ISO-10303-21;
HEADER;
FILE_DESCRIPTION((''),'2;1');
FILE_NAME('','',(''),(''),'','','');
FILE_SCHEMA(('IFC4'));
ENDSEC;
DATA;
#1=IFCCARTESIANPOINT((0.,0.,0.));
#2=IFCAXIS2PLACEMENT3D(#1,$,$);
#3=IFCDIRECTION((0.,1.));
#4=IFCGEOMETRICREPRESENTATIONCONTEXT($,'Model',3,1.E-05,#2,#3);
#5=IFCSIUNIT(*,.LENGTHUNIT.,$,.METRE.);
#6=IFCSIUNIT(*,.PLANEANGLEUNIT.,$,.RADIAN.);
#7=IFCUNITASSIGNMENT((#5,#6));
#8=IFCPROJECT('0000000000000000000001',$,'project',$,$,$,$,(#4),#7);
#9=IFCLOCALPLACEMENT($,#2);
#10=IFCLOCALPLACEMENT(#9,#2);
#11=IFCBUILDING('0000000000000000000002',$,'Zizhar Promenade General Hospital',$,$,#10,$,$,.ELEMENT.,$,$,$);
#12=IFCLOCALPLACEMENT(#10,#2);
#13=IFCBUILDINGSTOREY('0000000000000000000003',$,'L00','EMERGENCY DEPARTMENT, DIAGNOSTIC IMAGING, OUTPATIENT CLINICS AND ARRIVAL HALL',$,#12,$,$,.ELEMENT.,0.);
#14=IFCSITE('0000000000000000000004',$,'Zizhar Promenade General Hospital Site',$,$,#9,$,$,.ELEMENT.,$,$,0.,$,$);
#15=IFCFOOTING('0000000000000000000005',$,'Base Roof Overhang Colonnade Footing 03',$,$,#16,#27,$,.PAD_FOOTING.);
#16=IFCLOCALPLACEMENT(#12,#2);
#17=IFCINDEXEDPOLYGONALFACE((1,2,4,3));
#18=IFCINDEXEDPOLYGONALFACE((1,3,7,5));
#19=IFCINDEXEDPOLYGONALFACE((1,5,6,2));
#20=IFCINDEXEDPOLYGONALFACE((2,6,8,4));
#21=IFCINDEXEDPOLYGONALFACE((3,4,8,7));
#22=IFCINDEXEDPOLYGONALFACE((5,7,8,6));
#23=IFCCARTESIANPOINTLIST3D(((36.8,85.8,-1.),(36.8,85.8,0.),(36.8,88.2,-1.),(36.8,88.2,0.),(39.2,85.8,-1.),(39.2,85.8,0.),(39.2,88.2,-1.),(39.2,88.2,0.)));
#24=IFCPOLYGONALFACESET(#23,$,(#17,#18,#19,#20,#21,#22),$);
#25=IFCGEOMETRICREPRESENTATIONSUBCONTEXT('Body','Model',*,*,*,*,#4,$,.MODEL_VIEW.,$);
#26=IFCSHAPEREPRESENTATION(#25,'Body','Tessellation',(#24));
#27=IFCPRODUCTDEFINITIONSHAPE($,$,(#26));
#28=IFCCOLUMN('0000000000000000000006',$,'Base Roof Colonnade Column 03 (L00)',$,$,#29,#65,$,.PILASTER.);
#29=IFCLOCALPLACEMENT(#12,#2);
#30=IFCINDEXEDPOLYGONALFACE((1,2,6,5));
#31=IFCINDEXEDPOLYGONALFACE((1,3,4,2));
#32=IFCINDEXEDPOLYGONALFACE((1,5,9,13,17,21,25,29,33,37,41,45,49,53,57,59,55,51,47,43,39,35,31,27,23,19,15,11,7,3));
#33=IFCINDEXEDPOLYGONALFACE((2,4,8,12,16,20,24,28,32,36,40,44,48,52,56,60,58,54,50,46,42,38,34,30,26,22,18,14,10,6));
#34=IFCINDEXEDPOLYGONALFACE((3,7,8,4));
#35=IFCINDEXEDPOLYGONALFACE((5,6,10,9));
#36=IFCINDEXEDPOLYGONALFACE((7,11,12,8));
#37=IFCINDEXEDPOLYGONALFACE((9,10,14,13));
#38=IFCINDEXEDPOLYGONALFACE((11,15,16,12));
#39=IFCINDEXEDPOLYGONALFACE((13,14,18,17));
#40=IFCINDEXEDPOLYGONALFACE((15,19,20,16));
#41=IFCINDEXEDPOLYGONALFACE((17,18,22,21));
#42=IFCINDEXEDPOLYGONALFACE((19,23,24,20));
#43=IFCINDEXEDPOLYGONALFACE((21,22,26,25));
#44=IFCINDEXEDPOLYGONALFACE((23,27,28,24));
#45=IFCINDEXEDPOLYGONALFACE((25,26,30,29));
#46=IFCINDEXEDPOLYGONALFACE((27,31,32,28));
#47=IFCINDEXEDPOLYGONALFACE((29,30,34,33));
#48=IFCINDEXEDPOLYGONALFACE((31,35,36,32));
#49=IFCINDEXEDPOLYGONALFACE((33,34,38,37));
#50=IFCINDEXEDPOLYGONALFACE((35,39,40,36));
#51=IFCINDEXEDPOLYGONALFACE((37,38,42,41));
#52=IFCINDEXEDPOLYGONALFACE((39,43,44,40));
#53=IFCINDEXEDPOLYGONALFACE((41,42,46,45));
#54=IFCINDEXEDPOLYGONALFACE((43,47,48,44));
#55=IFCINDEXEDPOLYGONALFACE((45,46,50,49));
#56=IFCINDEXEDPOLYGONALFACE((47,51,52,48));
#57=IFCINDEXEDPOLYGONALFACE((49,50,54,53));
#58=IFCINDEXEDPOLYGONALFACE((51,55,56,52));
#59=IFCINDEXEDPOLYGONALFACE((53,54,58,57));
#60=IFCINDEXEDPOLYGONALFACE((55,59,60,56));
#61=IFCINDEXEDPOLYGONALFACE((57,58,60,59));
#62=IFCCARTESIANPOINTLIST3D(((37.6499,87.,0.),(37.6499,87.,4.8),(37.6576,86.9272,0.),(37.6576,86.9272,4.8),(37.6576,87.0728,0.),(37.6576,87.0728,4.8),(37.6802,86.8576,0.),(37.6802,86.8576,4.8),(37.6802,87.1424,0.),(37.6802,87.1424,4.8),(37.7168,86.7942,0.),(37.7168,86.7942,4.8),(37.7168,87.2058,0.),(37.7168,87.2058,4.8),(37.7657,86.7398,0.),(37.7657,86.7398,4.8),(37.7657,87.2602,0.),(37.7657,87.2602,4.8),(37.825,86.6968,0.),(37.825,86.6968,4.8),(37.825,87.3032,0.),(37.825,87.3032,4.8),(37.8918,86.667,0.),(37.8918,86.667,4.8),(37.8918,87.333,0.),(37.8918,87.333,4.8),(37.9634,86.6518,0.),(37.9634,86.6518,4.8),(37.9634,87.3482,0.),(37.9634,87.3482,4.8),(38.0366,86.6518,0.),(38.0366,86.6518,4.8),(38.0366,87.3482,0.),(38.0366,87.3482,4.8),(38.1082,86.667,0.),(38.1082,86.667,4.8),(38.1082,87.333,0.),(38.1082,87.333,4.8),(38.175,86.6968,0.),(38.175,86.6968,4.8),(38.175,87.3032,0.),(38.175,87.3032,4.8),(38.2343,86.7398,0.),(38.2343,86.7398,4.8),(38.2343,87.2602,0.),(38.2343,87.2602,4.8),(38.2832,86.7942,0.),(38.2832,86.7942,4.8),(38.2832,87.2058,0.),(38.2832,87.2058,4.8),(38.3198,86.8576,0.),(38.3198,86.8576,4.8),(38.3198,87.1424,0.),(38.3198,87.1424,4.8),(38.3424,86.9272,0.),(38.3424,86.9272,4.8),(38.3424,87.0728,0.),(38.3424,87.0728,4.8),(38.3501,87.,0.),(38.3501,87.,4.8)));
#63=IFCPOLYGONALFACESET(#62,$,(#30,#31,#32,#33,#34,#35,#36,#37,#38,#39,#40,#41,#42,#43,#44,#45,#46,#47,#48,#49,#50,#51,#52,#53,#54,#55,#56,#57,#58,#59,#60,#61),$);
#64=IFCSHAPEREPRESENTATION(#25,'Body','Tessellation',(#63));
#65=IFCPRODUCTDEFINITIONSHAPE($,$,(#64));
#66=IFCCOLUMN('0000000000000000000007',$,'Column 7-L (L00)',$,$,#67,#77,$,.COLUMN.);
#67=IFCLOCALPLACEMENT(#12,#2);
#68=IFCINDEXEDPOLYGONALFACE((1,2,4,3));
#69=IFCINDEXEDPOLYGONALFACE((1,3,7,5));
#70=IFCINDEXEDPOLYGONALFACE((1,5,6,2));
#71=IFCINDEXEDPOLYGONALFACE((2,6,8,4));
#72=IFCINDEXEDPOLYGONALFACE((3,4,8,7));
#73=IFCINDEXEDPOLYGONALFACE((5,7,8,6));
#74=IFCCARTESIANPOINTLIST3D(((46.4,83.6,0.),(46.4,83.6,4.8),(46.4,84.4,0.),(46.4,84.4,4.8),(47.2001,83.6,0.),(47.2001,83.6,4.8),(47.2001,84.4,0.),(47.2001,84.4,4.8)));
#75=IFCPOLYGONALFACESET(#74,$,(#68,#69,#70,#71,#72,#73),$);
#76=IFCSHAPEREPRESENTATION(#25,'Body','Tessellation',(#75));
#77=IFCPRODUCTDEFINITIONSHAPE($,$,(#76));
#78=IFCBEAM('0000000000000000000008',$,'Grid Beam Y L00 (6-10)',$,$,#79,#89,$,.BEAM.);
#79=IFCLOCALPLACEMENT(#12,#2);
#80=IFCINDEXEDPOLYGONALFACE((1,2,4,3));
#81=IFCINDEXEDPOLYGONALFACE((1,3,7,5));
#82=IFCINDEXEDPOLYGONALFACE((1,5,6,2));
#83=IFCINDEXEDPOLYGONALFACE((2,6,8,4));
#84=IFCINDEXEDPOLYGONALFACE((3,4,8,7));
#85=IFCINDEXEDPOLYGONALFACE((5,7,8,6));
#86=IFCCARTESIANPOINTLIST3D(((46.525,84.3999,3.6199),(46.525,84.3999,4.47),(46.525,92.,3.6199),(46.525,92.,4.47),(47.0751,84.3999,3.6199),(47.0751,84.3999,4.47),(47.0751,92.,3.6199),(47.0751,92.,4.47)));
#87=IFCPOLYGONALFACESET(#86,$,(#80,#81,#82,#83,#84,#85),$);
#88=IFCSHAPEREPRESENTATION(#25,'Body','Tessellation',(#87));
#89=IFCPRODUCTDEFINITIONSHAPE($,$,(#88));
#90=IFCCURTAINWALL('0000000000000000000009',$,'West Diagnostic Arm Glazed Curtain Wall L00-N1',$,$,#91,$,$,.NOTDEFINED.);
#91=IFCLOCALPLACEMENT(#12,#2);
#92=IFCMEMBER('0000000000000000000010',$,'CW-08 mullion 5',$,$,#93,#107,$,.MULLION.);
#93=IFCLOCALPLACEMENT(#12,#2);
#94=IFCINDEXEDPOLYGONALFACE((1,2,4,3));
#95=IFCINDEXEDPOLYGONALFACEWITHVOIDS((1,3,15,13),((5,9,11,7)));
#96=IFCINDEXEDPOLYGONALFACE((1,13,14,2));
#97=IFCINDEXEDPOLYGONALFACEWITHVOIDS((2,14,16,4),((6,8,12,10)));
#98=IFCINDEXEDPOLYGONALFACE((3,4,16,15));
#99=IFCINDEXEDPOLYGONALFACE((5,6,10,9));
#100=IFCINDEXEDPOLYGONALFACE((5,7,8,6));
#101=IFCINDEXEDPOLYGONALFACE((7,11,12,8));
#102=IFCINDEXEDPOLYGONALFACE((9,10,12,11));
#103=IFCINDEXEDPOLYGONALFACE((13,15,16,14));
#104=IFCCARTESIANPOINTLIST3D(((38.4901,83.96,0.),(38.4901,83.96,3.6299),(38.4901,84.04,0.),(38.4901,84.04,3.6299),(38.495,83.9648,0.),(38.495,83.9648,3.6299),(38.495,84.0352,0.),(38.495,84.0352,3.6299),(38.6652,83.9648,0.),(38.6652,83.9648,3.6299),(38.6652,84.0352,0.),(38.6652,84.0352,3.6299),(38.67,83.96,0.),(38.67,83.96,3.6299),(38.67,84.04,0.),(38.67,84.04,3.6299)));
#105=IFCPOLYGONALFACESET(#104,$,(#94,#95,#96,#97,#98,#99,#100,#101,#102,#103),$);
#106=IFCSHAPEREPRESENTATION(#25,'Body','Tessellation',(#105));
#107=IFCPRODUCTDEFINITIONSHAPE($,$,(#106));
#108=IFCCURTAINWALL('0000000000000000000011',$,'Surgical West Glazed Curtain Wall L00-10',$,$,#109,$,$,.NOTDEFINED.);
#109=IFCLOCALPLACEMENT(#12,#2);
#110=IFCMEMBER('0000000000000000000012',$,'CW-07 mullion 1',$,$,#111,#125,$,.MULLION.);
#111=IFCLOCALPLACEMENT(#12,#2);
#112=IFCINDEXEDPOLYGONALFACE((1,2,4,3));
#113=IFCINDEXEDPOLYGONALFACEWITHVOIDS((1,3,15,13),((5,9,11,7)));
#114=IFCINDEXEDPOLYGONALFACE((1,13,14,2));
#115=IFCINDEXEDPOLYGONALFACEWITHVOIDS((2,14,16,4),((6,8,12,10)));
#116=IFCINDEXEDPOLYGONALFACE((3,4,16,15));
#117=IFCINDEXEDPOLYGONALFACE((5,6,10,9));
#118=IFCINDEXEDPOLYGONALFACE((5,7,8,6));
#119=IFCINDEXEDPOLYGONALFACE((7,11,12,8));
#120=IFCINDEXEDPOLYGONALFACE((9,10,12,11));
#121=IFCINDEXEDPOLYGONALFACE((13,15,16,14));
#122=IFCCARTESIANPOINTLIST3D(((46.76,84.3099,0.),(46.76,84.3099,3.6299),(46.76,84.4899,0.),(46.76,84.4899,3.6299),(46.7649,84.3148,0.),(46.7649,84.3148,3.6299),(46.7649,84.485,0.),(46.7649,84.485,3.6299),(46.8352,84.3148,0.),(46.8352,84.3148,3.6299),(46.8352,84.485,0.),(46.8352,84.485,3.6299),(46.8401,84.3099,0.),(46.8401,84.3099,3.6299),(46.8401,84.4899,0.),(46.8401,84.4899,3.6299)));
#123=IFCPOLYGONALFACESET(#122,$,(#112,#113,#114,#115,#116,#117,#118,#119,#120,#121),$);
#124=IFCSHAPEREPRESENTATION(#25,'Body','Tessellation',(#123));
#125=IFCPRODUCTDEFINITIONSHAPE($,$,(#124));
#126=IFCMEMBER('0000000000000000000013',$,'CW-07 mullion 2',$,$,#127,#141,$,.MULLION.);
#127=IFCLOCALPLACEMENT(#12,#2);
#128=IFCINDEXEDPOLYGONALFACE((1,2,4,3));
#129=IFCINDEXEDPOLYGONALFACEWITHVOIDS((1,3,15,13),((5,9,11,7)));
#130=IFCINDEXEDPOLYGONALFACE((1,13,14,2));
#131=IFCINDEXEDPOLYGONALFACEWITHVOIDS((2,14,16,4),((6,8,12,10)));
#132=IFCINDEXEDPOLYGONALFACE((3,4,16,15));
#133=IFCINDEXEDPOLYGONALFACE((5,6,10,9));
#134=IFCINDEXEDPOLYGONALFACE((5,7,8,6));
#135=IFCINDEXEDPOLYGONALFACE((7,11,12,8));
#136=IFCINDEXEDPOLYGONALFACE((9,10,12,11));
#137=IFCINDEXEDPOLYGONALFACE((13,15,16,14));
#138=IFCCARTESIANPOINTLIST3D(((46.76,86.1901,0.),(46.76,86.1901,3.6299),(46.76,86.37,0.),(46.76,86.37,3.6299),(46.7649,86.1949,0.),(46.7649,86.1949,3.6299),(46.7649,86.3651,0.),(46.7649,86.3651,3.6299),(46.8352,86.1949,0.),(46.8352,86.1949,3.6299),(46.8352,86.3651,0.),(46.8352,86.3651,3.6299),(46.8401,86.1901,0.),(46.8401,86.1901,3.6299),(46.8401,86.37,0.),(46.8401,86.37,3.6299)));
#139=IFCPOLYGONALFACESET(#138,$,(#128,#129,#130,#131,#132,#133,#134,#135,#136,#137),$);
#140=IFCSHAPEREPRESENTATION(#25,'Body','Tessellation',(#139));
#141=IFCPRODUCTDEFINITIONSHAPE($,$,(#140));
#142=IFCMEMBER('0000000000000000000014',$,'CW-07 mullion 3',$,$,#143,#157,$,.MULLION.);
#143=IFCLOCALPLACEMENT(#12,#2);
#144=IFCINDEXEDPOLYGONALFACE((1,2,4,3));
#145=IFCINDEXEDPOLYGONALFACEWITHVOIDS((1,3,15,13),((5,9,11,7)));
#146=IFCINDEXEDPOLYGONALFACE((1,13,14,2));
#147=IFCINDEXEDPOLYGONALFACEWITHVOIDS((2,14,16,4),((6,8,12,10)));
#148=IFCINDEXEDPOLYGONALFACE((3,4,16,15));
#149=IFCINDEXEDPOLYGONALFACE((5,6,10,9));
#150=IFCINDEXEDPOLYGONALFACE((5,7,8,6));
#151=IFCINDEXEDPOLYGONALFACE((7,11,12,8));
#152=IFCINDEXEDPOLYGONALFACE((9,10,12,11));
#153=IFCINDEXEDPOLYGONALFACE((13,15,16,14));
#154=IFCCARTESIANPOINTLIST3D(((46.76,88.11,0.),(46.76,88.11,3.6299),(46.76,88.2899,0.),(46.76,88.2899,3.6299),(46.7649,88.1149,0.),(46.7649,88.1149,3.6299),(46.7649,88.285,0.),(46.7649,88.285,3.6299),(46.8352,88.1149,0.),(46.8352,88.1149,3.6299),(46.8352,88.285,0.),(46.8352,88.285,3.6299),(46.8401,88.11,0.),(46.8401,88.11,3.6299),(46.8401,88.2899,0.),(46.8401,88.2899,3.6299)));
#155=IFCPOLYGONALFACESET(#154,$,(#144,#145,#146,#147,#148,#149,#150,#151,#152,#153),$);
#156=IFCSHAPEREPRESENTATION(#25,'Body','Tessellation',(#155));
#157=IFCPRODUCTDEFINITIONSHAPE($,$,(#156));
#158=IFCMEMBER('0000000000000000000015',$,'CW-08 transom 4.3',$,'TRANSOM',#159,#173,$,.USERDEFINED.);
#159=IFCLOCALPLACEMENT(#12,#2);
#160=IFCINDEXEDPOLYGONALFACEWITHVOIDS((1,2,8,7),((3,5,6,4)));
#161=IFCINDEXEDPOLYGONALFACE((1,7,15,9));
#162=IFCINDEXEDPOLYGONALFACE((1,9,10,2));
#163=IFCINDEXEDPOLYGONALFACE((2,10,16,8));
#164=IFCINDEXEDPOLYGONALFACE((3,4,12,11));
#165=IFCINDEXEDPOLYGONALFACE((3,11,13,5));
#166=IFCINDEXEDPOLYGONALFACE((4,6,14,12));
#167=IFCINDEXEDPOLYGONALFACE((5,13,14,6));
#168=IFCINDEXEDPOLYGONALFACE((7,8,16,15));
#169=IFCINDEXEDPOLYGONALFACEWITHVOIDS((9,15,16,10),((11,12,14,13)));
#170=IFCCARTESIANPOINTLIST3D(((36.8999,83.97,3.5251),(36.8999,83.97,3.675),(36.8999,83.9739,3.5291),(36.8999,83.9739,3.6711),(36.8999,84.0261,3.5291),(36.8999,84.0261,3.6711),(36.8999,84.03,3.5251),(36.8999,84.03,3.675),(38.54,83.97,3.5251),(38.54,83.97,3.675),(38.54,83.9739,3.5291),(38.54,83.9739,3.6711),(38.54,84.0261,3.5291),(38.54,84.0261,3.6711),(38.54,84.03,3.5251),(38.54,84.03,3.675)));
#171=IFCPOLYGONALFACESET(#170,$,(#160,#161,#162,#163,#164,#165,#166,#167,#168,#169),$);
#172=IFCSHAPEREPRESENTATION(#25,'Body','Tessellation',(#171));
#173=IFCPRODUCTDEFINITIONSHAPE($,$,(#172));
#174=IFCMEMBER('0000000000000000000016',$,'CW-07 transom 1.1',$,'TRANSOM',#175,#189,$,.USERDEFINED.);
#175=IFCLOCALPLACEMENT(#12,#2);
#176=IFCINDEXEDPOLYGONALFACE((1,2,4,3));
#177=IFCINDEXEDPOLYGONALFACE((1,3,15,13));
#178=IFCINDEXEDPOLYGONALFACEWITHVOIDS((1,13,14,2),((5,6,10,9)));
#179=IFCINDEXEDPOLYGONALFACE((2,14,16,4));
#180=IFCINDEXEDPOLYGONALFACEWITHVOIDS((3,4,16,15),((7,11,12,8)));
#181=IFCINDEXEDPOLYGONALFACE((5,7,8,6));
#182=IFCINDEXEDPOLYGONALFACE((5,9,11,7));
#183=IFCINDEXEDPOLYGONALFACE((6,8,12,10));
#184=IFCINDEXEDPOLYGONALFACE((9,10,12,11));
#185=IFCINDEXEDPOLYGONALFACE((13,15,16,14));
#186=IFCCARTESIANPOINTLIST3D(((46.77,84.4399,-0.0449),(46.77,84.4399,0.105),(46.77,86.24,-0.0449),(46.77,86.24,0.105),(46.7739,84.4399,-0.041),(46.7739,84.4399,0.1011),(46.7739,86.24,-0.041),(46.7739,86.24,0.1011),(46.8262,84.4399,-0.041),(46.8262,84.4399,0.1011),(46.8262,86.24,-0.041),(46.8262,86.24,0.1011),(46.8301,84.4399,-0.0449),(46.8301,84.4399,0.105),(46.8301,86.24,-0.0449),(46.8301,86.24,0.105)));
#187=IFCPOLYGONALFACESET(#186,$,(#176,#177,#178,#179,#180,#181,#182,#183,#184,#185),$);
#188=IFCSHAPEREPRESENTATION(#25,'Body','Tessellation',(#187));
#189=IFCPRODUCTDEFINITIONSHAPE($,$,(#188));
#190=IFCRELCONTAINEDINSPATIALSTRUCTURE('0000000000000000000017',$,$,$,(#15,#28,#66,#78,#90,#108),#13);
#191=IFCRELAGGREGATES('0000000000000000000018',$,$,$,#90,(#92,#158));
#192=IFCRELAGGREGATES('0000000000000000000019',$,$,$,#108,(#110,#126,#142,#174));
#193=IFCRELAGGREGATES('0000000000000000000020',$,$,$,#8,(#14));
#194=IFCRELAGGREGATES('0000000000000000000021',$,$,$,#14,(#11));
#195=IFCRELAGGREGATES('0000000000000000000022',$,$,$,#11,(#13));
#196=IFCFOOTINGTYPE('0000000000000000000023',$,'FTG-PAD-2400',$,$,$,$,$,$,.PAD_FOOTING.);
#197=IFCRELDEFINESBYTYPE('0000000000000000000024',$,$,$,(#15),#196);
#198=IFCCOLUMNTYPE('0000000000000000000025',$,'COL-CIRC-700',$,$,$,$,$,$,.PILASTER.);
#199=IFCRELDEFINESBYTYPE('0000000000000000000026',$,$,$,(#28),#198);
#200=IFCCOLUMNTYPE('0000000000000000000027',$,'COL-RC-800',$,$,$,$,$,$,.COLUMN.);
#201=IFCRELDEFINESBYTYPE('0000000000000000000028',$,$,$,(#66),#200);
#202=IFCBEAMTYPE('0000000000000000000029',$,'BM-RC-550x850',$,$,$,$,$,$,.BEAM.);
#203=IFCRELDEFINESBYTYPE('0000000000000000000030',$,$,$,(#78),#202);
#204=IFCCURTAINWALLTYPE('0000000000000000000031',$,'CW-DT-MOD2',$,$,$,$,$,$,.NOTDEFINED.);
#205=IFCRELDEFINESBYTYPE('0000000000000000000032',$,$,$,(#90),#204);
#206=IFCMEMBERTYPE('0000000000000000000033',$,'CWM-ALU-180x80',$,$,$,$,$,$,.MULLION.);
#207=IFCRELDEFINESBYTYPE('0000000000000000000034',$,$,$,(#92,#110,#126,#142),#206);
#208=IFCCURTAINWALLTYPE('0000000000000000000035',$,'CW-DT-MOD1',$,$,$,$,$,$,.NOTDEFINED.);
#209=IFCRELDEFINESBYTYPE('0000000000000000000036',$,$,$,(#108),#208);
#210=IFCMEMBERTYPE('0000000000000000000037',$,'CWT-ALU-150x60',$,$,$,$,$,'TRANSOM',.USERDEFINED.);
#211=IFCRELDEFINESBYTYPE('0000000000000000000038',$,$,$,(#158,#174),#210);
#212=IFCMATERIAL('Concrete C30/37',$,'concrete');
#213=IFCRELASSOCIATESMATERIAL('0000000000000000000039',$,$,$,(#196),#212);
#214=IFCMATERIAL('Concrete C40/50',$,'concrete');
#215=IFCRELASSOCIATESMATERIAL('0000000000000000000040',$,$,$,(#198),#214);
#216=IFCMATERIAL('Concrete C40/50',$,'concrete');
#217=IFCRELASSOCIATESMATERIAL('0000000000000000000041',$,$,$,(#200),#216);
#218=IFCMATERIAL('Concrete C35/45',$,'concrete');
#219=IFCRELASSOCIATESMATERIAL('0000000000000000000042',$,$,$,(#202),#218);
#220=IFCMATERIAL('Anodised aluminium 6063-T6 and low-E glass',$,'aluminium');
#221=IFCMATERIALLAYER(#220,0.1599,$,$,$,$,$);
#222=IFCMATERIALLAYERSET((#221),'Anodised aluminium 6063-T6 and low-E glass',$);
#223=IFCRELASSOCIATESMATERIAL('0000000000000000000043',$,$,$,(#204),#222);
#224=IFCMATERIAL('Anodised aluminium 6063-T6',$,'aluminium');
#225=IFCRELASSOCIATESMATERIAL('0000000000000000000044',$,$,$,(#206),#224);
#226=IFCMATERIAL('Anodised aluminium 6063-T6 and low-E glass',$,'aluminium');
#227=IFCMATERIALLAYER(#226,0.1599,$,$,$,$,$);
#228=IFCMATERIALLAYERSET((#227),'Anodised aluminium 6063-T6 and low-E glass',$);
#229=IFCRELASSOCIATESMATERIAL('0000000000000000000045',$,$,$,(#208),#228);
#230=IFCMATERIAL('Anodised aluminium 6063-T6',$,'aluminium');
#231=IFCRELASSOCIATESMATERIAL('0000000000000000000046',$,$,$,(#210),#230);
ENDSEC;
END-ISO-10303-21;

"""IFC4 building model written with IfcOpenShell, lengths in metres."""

from ifc_helpers import new_model, si_unit, direction, frame, origin, origin_2d, place, context, subcontext, project, spatial, rectangle, hollow_rectangle, circle, extrude, material, layer, layer_set, material_profile, profile_set, type_object, element, aggregate, save


model = new_model("IFC4")

# Units and contexts
model_context = context("Model", 3, precision=1e-05, world=origin(), true_north=direction((0.0, 1.0)))
body_context = subcontext(model_context, "Body", "Model", "MODEL_VIEW")
ifc_project = project(units=[si_unit("LENGTHUNIT", "METRE"), si_unit("PLANEANGLEUNIT", "RADIAN")], contexts=[model_context])

# Site, building, storey
site_placement = place(None, origin())
site = spatial("IfcSite", under=ifc_project, at=site_placement, Name="Zizhar Promenade General Hospital Site", CompositionType="ELEMENT", RefElevation=0.0)
building_placement = place(site_placement, origin())
building = spatial("IfcBuilding", under=site, at=building_placement, Name="Zizhar Promenade General Hospital", CompositionType="ELEMENT")
storey_placement = place(building_placement, origin())
storey = spatial("IfcBuildingStorey", under=building, at=storey_placement, Name="L00", Description="EMERGENCY DEPARTMENT, DIAGNOSTIC IMAGING, OUTPATIENT CLINICS AND ARRIVAL HALL", CompositionType="ELEMENT", Elevation=0.0)

# Footing
ifc_material_1 = material(Name="Concrete C30/37", Category="concrete")
footing_type = type_object("IfcFootingType", Name="FTG-PAD-2400", PredefinedType="PAD_FOOTING", material=ifc_material_1)
footing_placement = place(storey_placement, frame((38.0, 87.0, -1.0), z_axis=(0.0, 0.0, 1.0), x_axis=(1.0, 0.0, 0.0)))
element("IfcFooting", 1, at=footing_placement, inside=storey, type_object=footing_type, Name="Base Roof Overhang Colonnade Footing 03", PredefinedType="PAD_FOOTING", context=body_context, shape_type="SweptSolid", body=[
    extrude(rectangle(XDim=2.3999, YDim=2.3999, at=origin_2d()), origin(), (0.0, 0.0, 1.0), 1.0),
])

# Columns
ifc_material_2 = material(Name="Concrete C40/50", Category="concrete")
ifc_material_profile_1 = material_profile(ifc_material_2, circle(Radius=0.3501, at=origin_2d()))
ifc_profile_set_1 = profile_set([ifc_material_profile_1], Name="Concrete C40/50")
column_type_1 = type_object("IfcColumnType", Name="COL-CIRC-700", PredefinedType="PILASTER", material=ifc_profile_set_1)
column_1_placement = place(storey_placement, frame((38.0, 87.0, 0.0), z_axis=(0.0, 0.0, 1.0), x_axis=(1.0, 0.0, 0.0)))
element("IfcColumn", 2, at=column_1_placement, inside=storey, type_object=column_type_1, Name="Base Roof Colonnade Column 03 (L00)", PredefinedType="PILASTER", context=body_context, shape_type="SweptSolid", body=[
    extrude(circle(Radius=0.3501, at=origin_2d()), origin(), (0.0, 0.0, 1.0), 4.8),
])
ifc_material_3 = material(Name="Concrete C40/50", Category="concrete")
ifc_material_profile_2 = material_profile(ifc_material_3, rectangle(XDim=0.8, YDim=0.8, at=origin_2d()))
ifc_profile_set_2 = profile_set([ifc_material_profile_2], Name="Concrete C40/50")
column_type_2 = type_object("IfcColumnType", Name="COL-RC-800", PredefinedType="COLUMN", material=ifc_profile_set_2)
column_2_placement = place(storey_placement, frame((46.8, 84.0, 0.0), z_axis=(0.0, 0.0, 1.0), x_axis=(1.0, 0.0, 0.0)))
element("IfcColumn", 3, at=column_2_placement, inside=storey, type_object=column_type_2, Name="Column 7-L (L00)", PredefinedType="COLUMN", context=body_context, shape_type="SweptSolid", body=[
    extrude(rectangle(XDim=0.8, YDim=0.8, at=origin_2d()), origin(), (0.0, 0.0, 1.0), 4.8),
])

# Beam
ifc_material_4 = material(Name="Concrete C35/45", Category="concrete")
ifc_material_profile_3 = material_profile(ifc_material_4, rectangle(XDim=0.55, YDim=0.8501, at=origin_2d()))
ifc_profile_set_3 = profile_set([ifc_material_profile_3], Name="Concrete C35/45")
beam_type = type_object("IfcBeamType", Name="BM-RC-550x850", PredefinedType="BEAM", material=ifc_profile_set_3)
beam_placement = place(storey_placement, frame((46.8, 84.3999, 4.0449), z_axis=(0.0, 1.0, 0.0), x_axis=(-1.0, 0.0, 0.0)))
element("IfcBeam", 4, at=beam_placement, inside=storey, type_object=beam_type, Name="Grid Beam Y L00 (6-10)", PredefinedType="BEAM", context=body_context, shape_type="SweptSolid", body=[
    extrude(rectangle(XDim=0.55, YDim=0.8501, at=origin_2d()), origin(), (0.0, 0.0, 1.0), 7.6001),
])

# Curtain wall, member
ifc_material_5 = material(Name="Anodised aluminium 6063-T6 and low-E glass", Category="aluminium")
ifc_layer_1 = layer(ifc_material_5, 0.1599)
ifc_layer_set_1 = layer_set([ifc_layer_1], Name="Anodised aluminium 6063-T6 and low-E glass")
curtain_wall_type_1 = type_object("IfcCurtainWallType", Name="CW-DT-MOD2", PredefinedType="NOTDEFINED", material=ifc_layer_set_1)
curtain_wall_1_placement = place(storey_placement, origin())
curtain_wall_1 = element("IfcCurtainWall", 5, at=curtain_wall_1_placement, inside=storey, type_object=curtain_wall_type_1, Name="West Diagnostic Arm Glazed Curtain Wall L00-N1", PredefinedType="NOTDEFINED")
ifc_material_6 = material(Name="Anodised aluminium 6063-T6", Category="aluminium")
ifc_material_profile_4 = material_profile(ifc_material_6, hollow_rectangle(XDim=0.0801, YDim=0.1799, WallThickness=0.0049, at=origin_2d()))
ifc_profile_set_4 = profile_set([ifc_material_profile_4], Name="Anodised aluminium 6063-T6")
member_type_1 = type_object("IfcMemberType", Name="CWM-ALU-180x80", PredefinedType="MULLION", material=ifc_profile_set_4)
member_1_placement = place(storey_placement, frame((38.5801, 84.0, 0.0), z_axis=(0.0, 0.0, 1.0), x_axis=(0.0, 1.0, 0.0)))
member_1 = element("IfcMember", 6, at=member_1_placement, type_object=member_type_1, Name="CW-08 mullion 5", PredefinedType="MULLION", context=body_context, shape_type="SweptSolid", body=[
    extrude(hollow_rectangle(XDim=0.0801, YDim=0.1799, WallThickness=0.0049, at=origin_2d()), origin(), (0.0, 0.0, 1.0), 3.6299),
])

# Curtain wall, members
ifc_material_7 = material(Name="Anodised aluminium 6063-T6 and low-E glass", Category="aluminium")
ifc_layer_2 = layer(ifc_material_7, 0.1599)
ifc_layer_set_2 = layer_set([ifc_layer_2], Name="Anodised aluminium 6063-T6 and low-E glass")
curtain_wall_type_2 = type_object("IfcCurtainWallType", Name="CW-DT-MOD1", PredefinedType="NOTDEFINED", material=ifc_layer_set_2)
curtain_wall_2_placement = place(storey_placement, origin())
curtain_wall_2 = element("IfcCurtainWall", 7, at=curtain_wall_2_placement, inside=storey, type_object=curtain_wall_type_2, Name="Surgical West Glazed Curtain Wall L00-10", PredefinedType="NOTDEFINED")
member_2_placement = place(storey_placement, frame((46.8, 84.3999, 0.0), z_axis=(0.0, 0.0, 1.0), x_axis=(-1.0, 0.0, 0.0)))
member_2 = element("IfcMember", 8, at=member_2_placement, type_object=member_type_1, Name="CW-07 mullion 1", PredefinedType="MULLION", context=body_context, shape_type="SweptSolid", body=[
    extrude(hollow_rectangle(XDim=0.0801, YDim=0.1799, WallThickness=0.0049, at=origin_2d()), origin(), (0.0, 0.0, 1.0), 3.6299),
])
member_3_placement = place(storey_placement, frame((46.8, 86.28, 0.0), z_axis=(0.0, 0.0, 1.0), x_axis=(-1.0, 0.0, 0.0)))
member_3 = element("IfcMember", 9, at=member_3_placement, type_object=member_type_1, Name="CW-07 mullion 2", PredefinedType="MULLION", context=body_context, shape_type="SweptSolid", body=[
    extrude(hollow_rectangle(XDim=0.0801, YDim=0.1799, WallThickness=0.0049, at=origin_2d()), origin(), (0.0, 0.0, 1.0), 3.6299),
])
member_4_placement = place(storey_placement, frame((46.8, 88.2, 0.0), z_axis=(0.0, 0.0, 1.0), x_axis=(-1.0, 0.0, 0.0)))
member_4 = element("IfcMember", 10, at=member_4_placement, type_object=member_type_1, Name="CW-07 mullion 3", PredefinedType="MULLION", context=body_context, shape_type="SweptSolid", body=[
    extrude(hollow_rectangle(XDim=0.0801, YDim=0.1799, WallThickness=0.0049, at=origin_2d()), origin(), (0.0, 0.0, 1.0), 3.6299),
])

# Members
ifc_material_8 = material(Name="Anodised aluminium 6063-T6", Category="aluminium")
ifc_material_profile_5 = material_profile(ifc_material_8, hollow_rectangle(XDim=0.0601, YDim=0.1499, WallThickness=0.0039, at=origin_2d()))
ifc_profile_set_5 = profile_set([ifc_material_profile_5], Name="Anodised aluminium 6063-T6")
member_type_2 = type_object("IfcMemberType", Name="CWT-ALU-150x60", ElementType="TRANSOM", PredefinedType="USERDEFINED", material=ifc_profile_set_5)
member_5_placement = place(storey_placement, frame((36.8999, 84.0, 3.6001), z_axis=(1.0, 0.0, 0.0), x_axis=(0.0, 1.0, 0.0)))
member_5 = element("IfcMember", 11, at=member_5_placement, type_object=member_type_2, Name="CW-08 transom 4.3", ObjectType="TRANSOM", PredefinedType="USERDEFINED", context=body_context, shape_type="SweptSolid", body=[
    extrude(hollow_rectangle(XDim=0.0601, YDim=0.1499, WallThickness=0.0039, at=origin_2d()), origin(), (0.0, 0.0, 1.0), 1.6401),
])
member_6_placement = place(storey_placement, frame((46.8, 84.4399, 0.03), z_axis=(0.0, 1.0, 0.0), x_axis=(-1.0, 0.0, 0.0)))
member_6 = element("IfcMember", 12, at=member_6_placement, type_object=member_type_2, Name="CW-07 transom 1.1", ObjectType="TRANSOM", PredefinedType="USERDEFINED", context=body_context, shape_type="SweptSolid", body=[
    extrude(hollow_rectangle(XDim=0.0601, YDim=0.1499, WallThickness=0.0039, at=origin_2d()), origin(), (0.0, 0.0, 1.0), 1.8),
])

aggregate(curtain_wall_1, [member_1, member_5])
aggregate(curtain_wall_2, [member_2, member_3, member_4, member_6])

save(model, "model.ifc")
